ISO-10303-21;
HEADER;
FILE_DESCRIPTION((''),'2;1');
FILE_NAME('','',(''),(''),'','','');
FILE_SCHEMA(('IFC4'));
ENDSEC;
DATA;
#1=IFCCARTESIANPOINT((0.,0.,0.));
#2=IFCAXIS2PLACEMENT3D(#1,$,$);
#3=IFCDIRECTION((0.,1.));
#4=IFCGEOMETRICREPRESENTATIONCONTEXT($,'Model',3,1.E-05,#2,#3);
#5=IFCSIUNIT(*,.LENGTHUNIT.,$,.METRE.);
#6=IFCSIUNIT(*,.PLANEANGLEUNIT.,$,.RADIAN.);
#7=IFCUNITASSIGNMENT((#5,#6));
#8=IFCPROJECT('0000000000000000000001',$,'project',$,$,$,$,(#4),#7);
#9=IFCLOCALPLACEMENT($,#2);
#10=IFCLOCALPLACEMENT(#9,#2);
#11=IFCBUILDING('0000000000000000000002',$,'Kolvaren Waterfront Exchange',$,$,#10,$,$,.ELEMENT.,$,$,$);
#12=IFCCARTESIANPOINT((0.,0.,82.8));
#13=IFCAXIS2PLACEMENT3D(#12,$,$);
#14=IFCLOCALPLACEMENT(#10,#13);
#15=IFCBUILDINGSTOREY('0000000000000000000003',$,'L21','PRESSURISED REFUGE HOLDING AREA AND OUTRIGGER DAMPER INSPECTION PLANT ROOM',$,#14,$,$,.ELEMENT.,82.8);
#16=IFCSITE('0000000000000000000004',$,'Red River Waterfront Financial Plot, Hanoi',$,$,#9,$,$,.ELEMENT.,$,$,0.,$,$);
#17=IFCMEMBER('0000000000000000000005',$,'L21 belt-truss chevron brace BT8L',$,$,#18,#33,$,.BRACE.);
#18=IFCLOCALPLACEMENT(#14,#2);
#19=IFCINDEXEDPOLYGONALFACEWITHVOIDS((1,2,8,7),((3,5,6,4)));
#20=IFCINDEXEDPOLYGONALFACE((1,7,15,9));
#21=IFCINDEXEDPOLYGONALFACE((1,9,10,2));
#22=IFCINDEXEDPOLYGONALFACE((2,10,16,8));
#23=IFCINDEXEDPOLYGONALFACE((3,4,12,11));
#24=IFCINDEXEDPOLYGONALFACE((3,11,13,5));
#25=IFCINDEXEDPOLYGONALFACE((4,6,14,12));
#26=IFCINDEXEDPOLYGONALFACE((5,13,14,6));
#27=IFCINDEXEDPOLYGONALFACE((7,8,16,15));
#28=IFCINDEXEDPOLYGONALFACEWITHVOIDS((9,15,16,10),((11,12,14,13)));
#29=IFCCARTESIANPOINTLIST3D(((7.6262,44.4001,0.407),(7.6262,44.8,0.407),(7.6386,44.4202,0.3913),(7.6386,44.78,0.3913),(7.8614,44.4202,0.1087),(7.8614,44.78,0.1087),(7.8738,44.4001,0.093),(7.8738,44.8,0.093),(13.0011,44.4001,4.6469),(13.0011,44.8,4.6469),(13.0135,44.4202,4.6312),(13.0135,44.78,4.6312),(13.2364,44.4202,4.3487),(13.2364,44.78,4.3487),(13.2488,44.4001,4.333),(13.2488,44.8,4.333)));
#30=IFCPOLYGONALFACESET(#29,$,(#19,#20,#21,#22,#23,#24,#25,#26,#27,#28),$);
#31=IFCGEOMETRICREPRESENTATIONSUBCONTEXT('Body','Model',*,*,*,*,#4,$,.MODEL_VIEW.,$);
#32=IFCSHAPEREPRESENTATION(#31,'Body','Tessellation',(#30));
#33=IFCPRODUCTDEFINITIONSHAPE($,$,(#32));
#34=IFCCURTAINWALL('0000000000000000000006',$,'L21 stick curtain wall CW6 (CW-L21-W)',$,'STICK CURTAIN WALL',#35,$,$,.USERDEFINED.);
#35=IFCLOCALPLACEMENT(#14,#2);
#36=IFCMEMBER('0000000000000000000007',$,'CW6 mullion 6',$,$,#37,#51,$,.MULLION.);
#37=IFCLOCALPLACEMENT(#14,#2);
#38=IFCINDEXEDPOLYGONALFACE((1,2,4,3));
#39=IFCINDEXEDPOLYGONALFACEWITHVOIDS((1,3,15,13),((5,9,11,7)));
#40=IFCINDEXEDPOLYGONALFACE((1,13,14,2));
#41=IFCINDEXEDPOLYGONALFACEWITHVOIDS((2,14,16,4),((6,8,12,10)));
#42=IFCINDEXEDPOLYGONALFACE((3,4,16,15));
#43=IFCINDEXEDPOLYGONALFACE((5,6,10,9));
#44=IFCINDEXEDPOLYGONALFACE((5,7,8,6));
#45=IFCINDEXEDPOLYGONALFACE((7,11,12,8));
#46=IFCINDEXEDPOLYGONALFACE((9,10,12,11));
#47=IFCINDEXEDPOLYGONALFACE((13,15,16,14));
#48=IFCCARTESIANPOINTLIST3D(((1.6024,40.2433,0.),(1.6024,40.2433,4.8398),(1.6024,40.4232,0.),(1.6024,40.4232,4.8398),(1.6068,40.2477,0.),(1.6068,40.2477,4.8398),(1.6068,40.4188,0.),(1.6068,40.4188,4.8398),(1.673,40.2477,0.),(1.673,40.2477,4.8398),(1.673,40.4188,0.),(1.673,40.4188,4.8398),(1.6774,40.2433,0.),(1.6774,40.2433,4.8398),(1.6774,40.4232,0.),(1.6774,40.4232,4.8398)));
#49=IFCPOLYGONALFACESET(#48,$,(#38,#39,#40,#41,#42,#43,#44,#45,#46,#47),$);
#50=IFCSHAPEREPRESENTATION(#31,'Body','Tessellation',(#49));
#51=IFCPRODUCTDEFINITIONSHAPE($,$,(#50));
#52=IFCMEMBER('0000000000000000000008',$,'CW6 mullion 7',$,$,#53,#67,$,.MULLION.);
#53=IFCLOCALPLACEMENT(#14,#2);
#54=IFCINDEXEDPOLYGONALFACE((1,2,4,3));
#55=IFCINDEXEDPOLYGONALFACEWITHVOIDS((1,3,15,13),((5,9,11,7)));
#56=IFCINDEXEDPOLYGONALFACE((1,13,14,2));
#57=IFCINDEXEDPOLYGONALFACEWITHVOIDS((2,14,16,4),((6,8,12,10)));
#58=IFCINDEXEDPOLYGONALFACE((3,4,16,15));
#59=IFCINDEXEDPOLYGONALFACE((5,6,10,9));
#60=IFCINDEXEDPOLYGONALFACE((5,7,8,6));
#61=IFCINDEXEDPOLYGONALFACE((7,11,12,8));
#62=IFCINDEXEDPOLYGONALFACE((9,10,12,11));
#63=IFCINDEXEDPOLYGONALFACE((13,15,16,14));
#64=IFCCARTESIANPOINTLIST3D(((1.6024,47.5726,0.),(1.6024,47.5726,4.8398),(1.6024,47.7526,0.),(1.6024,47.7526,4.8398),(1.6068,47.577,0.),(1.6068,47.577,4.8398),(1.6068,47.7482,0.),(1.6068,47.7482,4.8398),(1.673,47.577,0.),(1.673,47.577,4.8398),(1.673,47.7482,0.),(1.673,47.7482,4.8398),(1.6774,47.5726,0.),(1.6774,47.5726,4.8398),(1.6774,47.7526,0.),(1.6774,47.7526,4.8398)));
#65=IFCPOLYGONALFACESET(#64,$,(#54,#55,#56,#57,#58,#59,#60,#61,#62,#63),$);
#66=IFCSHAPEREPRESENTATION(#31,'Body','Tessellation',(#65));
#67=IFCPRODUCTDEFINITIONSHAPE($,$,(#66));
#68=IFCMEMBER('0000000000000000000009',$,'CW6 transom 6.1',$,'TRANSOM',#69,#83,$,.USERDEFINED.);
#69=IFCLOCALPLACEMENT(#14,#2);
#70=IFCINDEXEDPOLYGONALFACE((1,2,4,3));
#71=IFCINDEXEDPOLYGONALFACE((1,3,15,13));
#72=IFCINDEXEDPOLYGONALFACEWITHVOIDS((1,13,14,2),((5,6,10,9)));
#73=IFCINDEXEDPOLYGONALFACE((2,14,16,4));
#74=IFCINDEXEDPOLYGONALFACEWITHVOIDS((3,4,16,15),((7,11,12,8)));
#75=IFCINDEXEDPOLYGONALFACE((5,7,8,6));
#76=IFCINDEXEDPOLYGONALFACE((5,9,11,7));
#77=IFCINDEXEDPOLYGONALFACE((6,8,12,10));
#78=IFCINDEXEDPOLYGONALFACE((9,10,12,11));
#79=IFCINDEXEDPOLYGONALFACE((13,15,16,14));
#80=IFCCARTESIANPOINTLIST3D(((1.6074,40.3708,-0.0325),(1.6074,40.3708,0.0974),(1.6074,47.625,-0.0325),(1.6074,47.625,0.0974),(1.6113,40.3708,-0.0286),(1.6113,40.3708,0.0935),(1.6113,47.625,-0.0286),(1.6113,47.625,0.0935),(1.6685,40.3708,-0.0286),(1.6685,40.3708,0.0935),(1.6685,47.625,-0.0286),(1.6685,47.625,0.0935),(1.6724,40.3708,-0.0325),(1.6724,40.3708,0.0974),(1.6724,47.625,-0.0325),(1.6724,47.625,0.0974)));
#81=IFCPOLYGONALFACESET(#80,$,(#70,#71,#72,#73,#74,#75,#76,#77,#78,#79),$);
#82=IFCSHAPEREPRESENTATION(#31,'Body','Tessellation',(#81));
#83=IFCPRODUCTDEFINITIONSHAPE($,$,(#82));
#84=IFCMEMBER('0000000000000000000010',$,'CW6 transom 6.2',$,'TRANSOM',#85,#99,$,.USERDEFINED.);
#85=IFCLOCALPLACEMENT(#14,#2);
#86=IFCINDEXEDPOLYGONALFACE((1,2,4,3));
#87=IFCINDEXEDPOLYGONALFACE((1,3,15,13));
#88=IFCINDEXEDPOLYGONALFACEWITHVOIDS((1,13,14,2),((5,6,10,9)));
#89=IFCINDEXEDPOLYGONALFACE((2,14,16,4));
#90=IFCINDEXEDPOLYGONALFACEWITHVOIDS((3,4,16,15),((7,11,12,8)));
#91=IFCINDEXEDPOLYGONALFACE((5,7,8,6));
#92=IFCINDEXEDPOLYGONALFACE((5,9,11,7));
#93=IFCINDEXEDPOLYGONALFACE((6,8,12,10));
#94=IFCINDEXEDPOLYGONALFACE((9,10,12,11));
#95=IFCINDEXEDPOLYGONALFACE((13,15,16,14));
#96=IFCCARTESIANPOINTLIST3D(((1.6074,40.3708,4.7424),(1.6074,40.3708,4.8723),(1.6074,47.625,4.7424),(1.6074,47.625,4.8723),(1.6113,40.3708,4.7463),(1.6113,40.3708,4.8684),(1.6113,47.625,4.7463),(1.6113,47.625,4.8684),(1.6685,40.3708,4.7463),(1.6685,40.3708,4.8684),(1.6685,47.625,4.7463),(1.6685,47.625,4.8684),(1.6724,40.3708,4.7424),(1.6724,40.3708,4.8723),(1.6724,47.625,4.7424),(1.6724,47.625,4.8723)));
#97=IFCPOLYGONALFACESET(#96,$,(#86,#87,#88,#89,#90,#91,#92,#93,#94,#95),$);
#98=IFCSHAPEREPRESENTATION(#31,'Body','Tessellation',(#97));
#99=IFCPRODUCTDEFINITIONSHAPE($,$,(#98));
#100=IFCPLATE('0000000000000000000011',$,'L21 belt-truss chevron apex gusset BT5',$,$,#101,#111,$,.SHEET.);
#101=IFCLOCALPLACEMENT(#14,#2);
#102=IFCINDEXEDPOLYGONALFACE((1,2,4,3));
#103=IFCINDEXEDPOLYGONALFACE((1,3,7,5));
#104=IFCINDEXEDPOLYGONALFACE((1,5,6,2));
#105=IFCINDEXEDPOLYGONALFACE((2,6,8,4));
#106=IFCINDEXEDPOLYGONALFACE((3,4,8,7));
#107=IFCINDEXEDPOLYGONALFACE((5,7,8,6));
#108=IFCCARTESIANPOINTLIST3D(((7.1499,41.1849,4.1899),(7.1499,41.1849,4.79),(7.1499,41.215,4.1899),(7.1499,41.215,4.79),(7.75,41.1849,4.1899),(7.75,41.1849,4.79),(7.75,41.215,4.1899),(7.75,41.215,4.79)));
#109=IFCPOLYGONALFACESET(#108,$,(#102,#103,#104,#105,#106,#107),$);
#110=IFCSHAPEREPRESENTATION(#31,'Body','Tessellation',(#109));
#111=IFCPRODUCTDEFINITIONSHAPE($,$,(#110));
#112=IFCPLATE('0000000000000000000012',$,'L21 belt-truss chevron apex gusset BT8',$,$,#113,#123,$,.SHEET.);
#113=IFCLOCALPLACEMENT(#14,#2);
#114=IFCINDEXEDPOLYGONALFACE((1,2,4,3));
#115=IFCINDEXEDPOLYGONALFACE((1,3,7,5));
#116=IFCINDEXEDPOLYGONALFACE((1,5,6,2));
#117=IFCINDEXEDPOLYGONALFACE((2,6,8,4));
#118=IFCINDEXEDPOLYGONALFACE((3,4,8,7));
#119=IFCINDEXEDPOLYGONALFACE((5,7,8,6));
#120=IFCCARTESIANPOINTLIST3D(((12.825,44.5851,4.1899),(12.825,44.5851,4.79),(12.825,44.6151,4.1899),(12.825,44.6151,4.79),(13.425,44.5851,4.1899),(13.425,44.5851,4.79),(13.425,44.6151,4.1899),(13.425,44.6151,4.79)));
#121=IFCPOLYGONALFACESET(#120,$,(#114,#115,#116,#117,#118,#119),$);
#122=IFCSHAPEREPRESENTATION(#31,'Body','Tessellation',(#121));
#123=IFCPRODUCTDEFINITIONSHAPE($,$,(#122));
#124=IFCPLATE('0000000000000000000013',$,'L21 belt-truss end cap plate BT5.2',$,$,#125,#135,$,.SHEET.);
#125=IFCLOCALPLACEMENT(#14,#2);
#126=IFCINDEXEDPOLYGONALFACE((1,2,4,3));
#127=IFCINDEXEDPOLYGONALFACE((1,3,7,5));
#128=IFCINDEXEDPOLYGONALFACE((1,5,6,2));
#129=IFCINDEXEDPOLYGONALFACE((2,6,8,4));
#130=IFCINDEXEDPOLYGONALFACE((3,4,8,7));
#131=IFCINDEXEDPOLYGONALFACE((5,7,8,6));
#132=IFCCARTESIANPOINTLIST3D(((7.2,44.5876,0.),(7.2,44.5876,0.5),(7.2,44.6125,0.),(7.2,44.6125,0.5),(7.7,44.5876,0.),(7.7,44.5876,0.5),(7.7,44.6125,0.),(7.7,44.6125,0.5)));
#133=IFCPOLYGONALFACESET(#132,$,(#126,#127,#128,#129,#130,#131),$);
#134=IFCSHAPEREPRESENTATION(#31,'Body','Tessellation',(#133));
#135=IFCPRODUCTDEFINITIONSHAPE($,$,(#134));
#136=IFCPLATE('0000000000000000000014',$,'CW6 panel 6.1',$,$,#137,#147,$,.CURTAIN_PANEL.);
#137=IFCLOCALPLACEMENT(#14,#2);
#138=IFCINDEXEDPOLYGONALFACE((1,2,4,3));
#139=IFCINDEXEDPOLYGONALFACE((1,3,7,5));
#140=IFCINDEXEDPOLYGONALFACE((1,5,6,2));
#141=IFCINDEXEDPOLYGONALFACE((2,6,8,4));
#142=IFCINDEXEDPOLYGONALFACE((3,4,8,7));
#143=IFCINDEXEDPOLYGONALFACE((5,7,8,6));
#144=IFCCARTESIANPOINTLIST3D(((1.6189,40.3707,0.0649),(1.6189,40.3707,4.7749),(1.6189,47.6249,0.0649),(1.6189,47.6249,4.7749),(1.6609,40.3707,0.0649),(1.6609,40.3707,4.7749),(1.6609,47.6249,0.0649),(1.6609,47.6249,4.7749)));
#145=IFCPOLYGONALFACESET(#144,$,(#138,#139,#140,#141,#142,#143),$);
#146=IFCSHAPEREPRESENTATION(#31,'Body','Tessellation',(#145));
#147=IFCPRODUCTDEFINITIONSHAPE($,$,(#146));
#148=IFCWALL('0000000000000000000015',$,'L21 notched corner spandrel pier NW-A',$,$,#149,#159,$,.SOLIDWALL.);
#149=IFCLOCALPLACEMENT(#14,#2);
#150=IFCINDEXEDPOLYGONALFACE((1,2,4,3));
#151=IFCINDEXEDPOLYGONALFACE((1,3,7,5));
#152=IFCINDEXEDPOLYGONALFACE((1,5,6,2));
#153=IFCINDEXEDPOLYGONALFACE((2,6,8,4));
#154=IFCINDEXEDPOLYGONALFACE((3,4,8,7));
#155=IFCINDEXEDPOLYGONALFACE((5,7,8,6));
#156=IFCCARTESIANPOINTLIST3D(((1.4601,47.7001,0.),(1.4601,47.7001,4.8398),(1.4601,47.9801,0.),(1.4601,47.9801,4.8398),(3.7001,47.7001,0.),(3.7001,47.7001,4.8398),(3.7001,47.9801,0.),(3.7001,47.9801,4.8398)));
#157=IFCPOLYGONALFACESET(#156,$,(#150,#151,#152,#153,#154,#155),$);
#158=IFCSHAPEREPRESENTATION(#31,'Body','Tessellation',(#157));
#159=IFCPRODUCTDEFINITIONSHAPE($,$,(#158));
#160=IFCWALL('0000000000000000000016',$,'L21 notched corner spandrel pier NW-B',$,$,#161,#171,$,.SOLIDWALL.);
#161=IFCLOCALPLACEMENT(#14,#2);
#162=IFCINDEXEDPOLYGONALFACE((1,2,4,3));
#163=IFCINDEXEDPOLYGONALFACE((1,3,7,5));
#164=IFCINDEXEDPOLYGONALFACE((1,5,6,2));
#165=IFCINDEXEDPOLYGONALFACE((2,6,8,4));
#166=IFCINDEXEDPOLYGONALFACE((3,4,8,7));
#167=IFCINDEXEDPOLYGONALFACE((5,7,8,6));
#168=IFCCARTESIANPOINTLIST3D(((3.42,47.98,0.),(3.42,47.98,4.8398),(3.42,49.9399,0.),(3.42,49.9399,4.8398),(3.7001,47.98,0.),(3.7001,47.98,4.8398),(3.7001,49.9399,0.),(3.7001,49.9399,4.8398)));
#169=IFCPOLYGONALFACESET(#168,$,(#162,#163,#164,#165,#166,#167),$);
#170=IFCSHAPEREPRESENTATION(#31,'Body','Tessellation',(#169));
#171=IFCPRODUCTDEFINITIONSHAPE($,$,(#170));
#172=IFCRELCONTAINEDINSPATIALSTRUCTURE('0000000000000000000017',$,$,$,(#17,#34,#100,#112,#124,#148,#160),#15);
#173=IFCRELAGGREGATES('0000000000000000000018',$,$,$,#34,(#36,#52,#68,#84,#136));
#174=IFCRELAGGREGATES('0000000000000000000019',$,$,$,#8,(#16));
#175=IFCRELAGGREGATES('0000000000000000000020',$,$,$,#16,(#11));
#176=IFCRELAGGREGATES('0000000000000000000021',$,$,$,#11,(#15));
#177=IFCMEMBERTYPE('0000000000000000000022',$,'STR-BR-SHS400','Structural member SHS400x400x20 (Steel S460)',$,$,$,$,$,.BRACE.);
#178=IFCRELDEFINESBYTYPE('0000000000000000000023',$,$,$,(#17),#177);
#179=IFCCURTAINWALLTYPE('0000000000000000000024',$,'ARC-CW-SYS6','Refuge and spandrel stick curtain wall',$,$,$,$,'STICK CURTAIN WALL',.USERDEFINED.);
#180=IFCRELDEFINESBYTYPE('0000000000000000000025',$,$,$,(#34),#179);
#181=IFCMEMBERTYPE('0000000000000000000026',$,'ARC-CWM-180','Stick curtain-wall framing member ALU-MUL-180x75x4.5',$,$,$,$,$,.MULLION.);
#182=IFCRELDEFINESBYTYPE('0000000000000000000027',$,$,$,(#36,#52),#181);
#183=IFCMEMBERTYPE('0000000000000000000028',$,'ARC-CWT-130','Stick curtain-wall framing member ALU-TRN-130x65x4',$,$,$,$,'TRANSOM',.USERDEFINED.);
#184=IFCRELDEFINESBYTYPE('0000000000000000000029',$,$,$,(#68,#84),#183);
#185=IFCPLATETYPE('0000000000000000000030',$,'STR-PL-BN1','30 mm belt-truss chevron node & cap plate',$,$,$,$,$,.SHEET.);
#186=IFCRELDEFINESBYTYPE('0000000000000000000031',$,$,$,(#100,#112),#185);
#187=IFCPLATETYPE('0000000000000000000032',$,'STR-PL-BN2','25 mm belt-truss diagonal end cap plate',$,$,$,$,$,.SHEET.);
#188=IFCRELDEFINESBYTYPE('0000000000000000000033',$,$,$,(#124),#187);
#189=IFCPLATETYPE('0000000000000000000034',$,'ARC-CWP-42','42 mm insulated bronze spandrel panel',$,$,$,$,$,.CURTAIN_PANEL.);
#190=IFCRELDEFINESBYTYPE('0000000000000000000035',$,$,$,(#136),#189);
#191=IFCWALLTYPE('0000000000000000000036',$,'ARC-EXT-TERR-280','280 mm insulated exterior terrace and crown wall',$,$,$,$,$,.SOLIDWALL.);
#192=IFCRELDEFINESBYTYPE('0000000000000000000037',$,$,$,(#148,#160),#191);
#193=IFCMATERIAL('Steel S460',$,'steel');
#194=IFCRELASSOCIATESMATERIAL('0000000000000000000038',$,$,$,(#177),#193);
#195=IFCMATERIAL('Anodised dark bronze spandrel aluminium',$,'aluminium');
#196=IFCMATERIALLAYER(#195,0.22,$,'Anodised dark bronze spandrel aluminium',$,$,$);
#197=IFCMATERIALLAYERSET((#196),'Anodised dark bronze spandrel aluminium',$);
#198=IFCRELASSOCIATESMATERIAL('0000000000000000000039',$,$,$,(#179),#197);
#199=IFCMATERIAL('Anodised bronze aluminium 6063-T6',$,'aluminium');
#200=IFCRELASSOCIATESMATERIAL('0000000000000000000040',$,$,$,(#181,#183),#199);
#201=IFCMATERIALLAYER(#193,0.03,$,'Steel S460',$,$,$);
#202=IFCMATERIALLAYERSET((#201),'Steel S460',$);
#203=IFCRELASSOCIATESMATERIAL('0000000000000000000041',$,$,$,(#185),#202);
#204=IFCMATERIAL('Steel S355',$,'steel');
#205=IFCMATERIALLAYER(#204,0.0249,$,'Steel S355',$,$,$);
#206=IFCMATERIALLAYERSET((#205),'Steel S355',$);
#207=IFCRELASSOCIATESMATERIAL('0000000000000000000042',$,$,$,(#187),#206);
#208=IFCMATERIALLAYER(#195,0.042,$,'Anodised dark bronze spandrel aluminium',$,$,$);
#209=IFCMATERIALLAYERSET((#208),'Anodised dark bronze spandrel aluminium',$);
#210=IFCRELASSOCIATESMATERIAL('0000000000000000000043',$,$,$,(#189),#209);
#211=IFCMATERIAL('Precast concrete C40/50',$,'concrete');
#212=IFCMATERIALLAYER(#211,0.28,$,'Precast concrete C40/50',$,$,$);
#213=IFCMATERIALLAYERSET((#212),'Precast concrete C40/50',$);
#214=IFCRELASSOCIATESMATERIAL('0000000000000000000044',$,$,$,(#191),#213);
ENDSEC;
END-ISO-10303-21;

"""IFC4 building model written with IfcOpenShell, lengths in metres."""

from ifc_helpers import new_model, si_unit, direction, frame, frame_2d, origin, origin_with_axes, origin_2d, place, context, subcontext, project, spatial, rectangle, hollow_rectangle, extrude, source, transform, mapped, material, layer, layer_set, material_profile, profile_set, type_object, element, aggregate, save


model = new_model("IFC4")

# Units and contexts
model_context = context("Model", 3, precision=1e-05, world=origin(), true_north=direction((0.0, 1.0)))
body_context = subcontext(model_context, "Body", "Model", "MODEL_VIEW")
ifc_project = project(units=[si_unit("LENGTHUNIT", "METRE"), si_unit("PLANEANGLEUNIT", "RADIAN")], contexts=[model_context])

# Site, building, storey
site_placement = place(None, origin())
site = spatial("IfcSite", under=ifc_project, at=site_placement, Name="Red River Waterfront Financial Plot, Hanoi", CompositionType="ELEMENT", RefElevation=0.0)
building_placement = place(site_placement, origin())
building = spatial("IfcBuilding", under=site, at=building_placement, Name="Kolvaren Waterfront Exchange", CompositionType="ELEMENT")
storey_placement = place(building_placement, frame((0.0, 0.0, 82.8)))
storey = spatial("IfcBuildingStorey", under=building, at=storey_placement, Name="L21", Description="PRESSURISED REFUGE HOLDING AREA AND OUTRIGGER DAMPER INSPECTION PLANT ROOM", CompositionType="ELEMENT", Elevation=82.8)

# Shared definitions
ifc_material_1 = material(Name="Steel S355", Category="steel")

# Member
ifc_material_2 = material(Name="Steel S460", Category="steel")
ifc_material_profile_1 = material_profile(ifc_material_2, hollow_rectangle(XDim=0.3999, YDim=0.3999, WallThickness=0.02, at=origin_2d()), Name="SHS400x400x20")
ifc_profile_set_1 = profile_set([ifc_material_profile_1], Name="Steel S460")
member_type_1 = type_object("IfcMemberType", Name="STR-BR-SHS400", Description="Structural member SHS400x400x20 (Steel S460)", PredefinedType="BRACE", material=ifc_profile_set_1)
member_1_placement = place(storey_placement, frame((7.75, 44.6001, 0.25), z_axis=(0.785126, 0.0, 0.619336), x_axis=(0.0, 1.0, 0.0)))
element("IfcMember", 1, at=member_1_placement, inside=storey, type_object=member_type_1, Name="L21 belt-truss chevron brace BT8L", PredefinedType="BRACE", context=body_context, shape_type="SweptSolid", body=[
    extrude(hollow_rectangle(XDim=0.3999, YDim=0.3999, WallThickness=0.02, at=origin_2d()), origin(), (0.0, 0.0, 1.0), 6.8459),
])

# Curtain wall, members
ifc_material_3 = material(Name="Anodised dark bronze spandrel aluminium", Category="aluminium")
ifc_layer_1 = layer(ifc_material_3, 0.22, Name="Anodised dark bronze spandrel aluminium")
ifc_layer_set_1 = layer_set([ifc_layer_1], Name="Anodised dark bronze spandrel aluminium")
curtain_wall_type = type_object("IfcCurtainWallType", Name="ARC-CW-SYS6", Description="Refuge and spandrel stick curtain wall", ElementType="STICK CURTAIN WALL", PredefinedType="USERDEFINED", material=ifc_layer_set_1)
curtain_wall_placement = place(storey_placement, origin())
curtain_wall = element("IfcCurtainWall", 2, at=curtain_wall_placement, inside=storey, type_object=curtain_wall_type, Name="L21 stick curtain wall CW6 (CW-L21-W)", ObjectType="STICK CURTAIN WALL", PredefinedType="USERDEFINED")
ifc_material_4 = material(Name="Anodised bronze aluminium 6063-T6", Category="aluminium")
ifc_material_profile_2 = material_profile(ifc_material_4, hollow_rectangle(XDim=0.075, YDim=0.1799, WallThickness=0.0044, at=origin_2d()), Name="ALU-MUL-180x75x4.5")
ifc_profile_set_2 = profile_set([ifc_material_profile_2], Name="Anodised bronze aluminium 6063-T6")
member_type_2 = type_object("IfcMemberType", Name="ARC-CWM-180", Description="Stick curtain-wall framing member ALU-MUL-180x75x4.5", PredefinedType="MULLION", material=ifc_profile_set_2)
shared_shape_1 = source(origin_with_axes(), body_context, "Body", "SweptSolid", [
    extrude(hollow_rectangle(XDim=0.075, YDim=0.1799, WallThickness=0.0044, at=origin_2d()), origin(), (0.0, 0.0, 1.0), 4.8398),
])
member_2_placement = place(storey_placement, frame((1.6399, 40.3333, 0.0), z_axis=(0.0, 0.0, 1.0), x_axis=(-1.0, 0.0, 0.0)))
member_2 = element("IfcMember", 3, at=member_2_placement, type_object=member_type_2, Name="CW6 mullion 6", PredefinedType="MULLION", context=body_context, shape_type="MappedRepresentation", body=[
    mapped(shared_shape_1, transform((0.0, 0.0, 0.0), x_axis=(1.0, 0.0, 0.0), y_axis=(0.0, 1.0, 0.0), z_axis=(0.0, 0.0, 1.0), scale=1.0)),
])
member_3_placement = place(storey_placement, frame((1.6399, 47.6626, 0.0), z_axis=(0.0, 0.0, 1.0), x_axis=(-1.0, 0.0, 0.0)))
member_3 = element("IfcMember", 4, at=member_3_placement, type_object=member_type_2, Name="CW6 mullion 7", PredefinedType="MULLION", context=body_context, shape_type="MappedRepresentation", body=[
    mapped(shared_shape_1, transform((0.0, 0.0, 0.0), x_axis=(1.0, 0.0, 0.0), y_axis=(0.0, 1.0, 0.0), z_axis=(0.0, 0.0, 1.0), scale=1.0)),
])
ifc_material_profile_3 = material_profile(ifc_material_4, hollow_rectangle(XDim=0.0649, YDim=0.1299, WallThickness=0.0039, at=origin_2d()), Name="ALU-TRN-130x65x4")
ifc_profile_set_3 = profile_set([ifc_material_profile_3], Name="Anodised bronze aluminium 6063-T6")
member_type_3 = type_object("IfcMemberType", Name="ARC-CWT-130", Description="Stick curtain-wall framing member ALU-TRN-130x65x4", ElementType="TRANSOM", PredefinedType="USERDEFINED", material=ifc_profile_set_3)
shared_shape_2 = source(origin_with_axes(), body_context, "Body", "SweptSolid", [
    extrude(hollow_rectangle(XDim=0.0649, YDim=0.1299, WallThickness=0.0039, at=origin_2d()), origin(), (0.0, 0.0, 1.0), 7.2542),
])
member_4_placement = place(storey_placement, frame((1.6399, 40.3708, 0.0325), z_axis=(0.0, 1.0, 0.0), x_axis=(-1.0, 0.0, 0.0)))
member_4 = element("IfcMember", 5, at=member_4_placement, type_object=member_type_3, Name="CW6 transom 6.1", ObjectType="TRANSOM", PredefinedType="USERDEFINED", context=body_context, shape_type="MappedRepresentation", body=[
    mapped(shared_shape_2, transform((0.0, 0.0, 0.0), x_axis=(1.0, 0.0, 0.0), y_axis=(0.0, 1.0, 0.0), z_axis=(0.0, 0.0, 1.0), scale=1.0)),
])
member_5_placement = place(storey_placement, frame((1.6399, 40.3708, 4.8074), z_axis=(0.0, 1.0, 0.0), x_axis=(-1.0, 0.0, 0.0)))
member_5 = element("IfcMember", 6, at=member_5_placement, type_object=member_type_3, Name="CW6 transom 6.2", ObjectType="TRANSOM", PredefinedType="USERDEFINED", context=body_context, shape_type="MappedRepresentation", body=[
    mapped(shared_shape_2, transform((0.0, 0.0, 0.0), x_axis=(1.0, 0.0, 0.0), y_axis=(0.0, 1.0, 0.0), z_axis=(0.0, 0.0, 1.0), scale=1.0)),
])

# Plates
ifc_layer_2 = layer(ifc_material_2, 0.03, Name="Steel S460")
ifc_layer_set_2 = layer_set([ifc_layer_2], Name="Steel S460")
plate_type_1 = type_object("IfcPlateType", Name="STR-PL-BN1", Description="30 mm belt-truss chevron node & cap plate", PredefinedType="SHEET", material=ifc_layer_set_2)
shared_shape_3 = source(origin_with_axes(), body_context, "Body", "SweptSolid", [
    extrude(rectangle(XDim=0.6001, YDim=0.03, at=origin_2d()), origin(), (0.0, 0.0, 1.0), 0.6001),
])
for number, where, z_axis, x_axis, name in (
    (7, (7.45, 41.2, 4.1899), (0.0, 0.0, 1.0), (1.0, 0.0, 0.0), "L21 belt-truss chevron apex gusset BT5"),
    (8, (13.125, 44.6001, 4.1899), (0.0, 0.0, 1.0), (1.0, 0.0, 0.0), "L21 belt-truss chevron apex gusset BT8"),
):
    element("IfcPlate", number, at=place(storey_placement, frame(where, z_axis=z_axis, x_axis=x_axis)), inside=storey, type_object=plate_type_1, Name=name, PredefinedType="SHEET", context=body_context, shape_type="MappedRepresentation", body=[
        mapped(shared_shape_3, transform((0.0, 0.0, 0.0), x_axis=(1.0, 0.0, 0.0), y_axis=(0.0, 1.0, 0.0), z_axis=(0.0, 0.0, 1.0), scale=1.0)),
    ])
ifc_layer_3 = layer(ifc_material_1, 0.0249, Name="Steel S355")
ifc_layer_set_3 = layer_set([ifc_layer_3], Name="Steel S355")
plate_type_2 = type_object("IfcPlateType", Name="STR-PL-BN2", Description="25 mm belt-truss diagonal end cap plate", PredefinedType="SHEET", material=ifc_layer_set_3)
shared_shape_4 = source(origin_with_axes(), body_context, "Body", "SweptSolid", [
    extrude(rectangle(XDim=0.5, YDim=0.0249, at=origin_2d()), origin(), (0.0, 0.0, 1.0), 0.5),
])
plate_1_placement = place(storey_placement, frame((7.45, 44.6001, 0.0), z_axis=(0.0, 0.0, 1.0), x_axis=(1.0, 0.0, 0.0)))
element("IfcPlate", 9, at=plate_1_placement, inside=storey, type_object=plate_type_2, Name="L21 belt-truss end cap plate BT5.2", PredefinedType="SHEET", context=body_context, shape_type="MappedRepresentation", body=[
    mapped(shared_shape_4, transform((0.0, 0.0, 0.0), x_axis=(1.0, 0.0, 0.0), y_axis=(0.0, 1.0, 0.0), z_axis=(0.0, 0.0, 1.0), scale=1.0)),
])

# Plate
ifc_layer_4 = layer(ifc_material_3, 0.042, Name="Anodised dark bronze spandrel aluminium")
ifc_layer_set_4 = layer_set([ifc_layer_4], Name="Anodised dark bronze spandrel aluminium")
plate_type_3 = type_object("IfcPlateType", Name="ARC-CWP-42", Description="42 mm insulated bronze spandrel panel", PredefinedType="CURTAIN_PANEL", material=ifc_layer_set_4)
shared_shape_5 = source(origin_with_axes(), body_context, "Body", "SweptSolid", [
    extrude(rectangle(XDim=7.2542, YDim=0.042, at=origin_2d()), origin(), (0.0, 0.0, 1.0), 4.71),
])
plate_2_placement = place(storey_placement, frame((1.6399, 43.9978, 0.0649), z_axis=(0.0, 0.0, 1.0), x_axis=(0.0, 1.0, 0.0)))
plate_2 = element("IfcPlate", 10, at=plate_2_placement, type_object=plate_type_3, Name="CW6 panel 6.1", PredefinedType="CURTAIN_PANEL", context=body_context, shape_type="MappedRepresentation", body=[
    mapped(shared_shape_5, transform((0.0, 0.0, 0.0), x_axis=(1.0, 0.0, 0.0), y_axis=(0.0, 1.0, 0.0), z_axis=(0.0, 0.0, 1.0), scale=1.0)),
])
aggregate(curtain_wall, [member_2, member_3, member_4, member_5, plate_2])

# Walls
ifc_material_5 = material(Name="Precast concrete C40/50", Category="concrete")
ifc_layer_5 = layer(ifc_material_5, 0.28, Name="Precast concrete C40/50")
ifc_layer_set_5 = layer_set([ifc_layer_5], Name="Precast concrete C40/50")
wall_type_1 = type_object("IfcWallType", Name="ARC-EXT-TERR-280", Description="280 mm insulated exterior terrace and crown wall", PredefinedType="SOLIDWALL", material=ifc_layer_set_5)
wall_1_placement = place(storey_placement, frame((1.46, 47.8401, 0.0), z_axis=(0.0, 0.0, 1.0), x_axis=(1.0, 0.0, 0.0)))
element("IfcWall", 11, at=wall_1_placement, inside=storey, type_object=wall_type_1, Name="L21 notched corner spandrel pier NW-A", PredefinedType="SOLIDWALL", context=body_context, shape_type="SweptSolid", body=[
    extrude(rectangle(XDim=2.24, YDim=0.28, at=frame_2d((1.1201, 0.0))), origin(), (0.0, 0.0, 1.0), 4.8398),
])
wall_2_placement = place(storey_placement, frame((3.5601, 47.98, 0.0), z_axis=(0.0, 0.0, 1.0), x_axis=(0.0, 1.0, 0.0)))
element("IfcWall", 12, at=wall_2_placement, inside=storey, type_object=wall_type_1, Name="L21 notched corner spandrel pier NW-B", PredefinedType="SOLIDWALL", context=body_context, shape_type="SweptSolid", body=[
    extrude(rectangle(XDim=1.96, YDim=0.28, at=frame_2d((0.98, 0.0))), origin(), (0.0, 0.0, 1.0), 4.8398),
])

save(model, "model.ifc")
